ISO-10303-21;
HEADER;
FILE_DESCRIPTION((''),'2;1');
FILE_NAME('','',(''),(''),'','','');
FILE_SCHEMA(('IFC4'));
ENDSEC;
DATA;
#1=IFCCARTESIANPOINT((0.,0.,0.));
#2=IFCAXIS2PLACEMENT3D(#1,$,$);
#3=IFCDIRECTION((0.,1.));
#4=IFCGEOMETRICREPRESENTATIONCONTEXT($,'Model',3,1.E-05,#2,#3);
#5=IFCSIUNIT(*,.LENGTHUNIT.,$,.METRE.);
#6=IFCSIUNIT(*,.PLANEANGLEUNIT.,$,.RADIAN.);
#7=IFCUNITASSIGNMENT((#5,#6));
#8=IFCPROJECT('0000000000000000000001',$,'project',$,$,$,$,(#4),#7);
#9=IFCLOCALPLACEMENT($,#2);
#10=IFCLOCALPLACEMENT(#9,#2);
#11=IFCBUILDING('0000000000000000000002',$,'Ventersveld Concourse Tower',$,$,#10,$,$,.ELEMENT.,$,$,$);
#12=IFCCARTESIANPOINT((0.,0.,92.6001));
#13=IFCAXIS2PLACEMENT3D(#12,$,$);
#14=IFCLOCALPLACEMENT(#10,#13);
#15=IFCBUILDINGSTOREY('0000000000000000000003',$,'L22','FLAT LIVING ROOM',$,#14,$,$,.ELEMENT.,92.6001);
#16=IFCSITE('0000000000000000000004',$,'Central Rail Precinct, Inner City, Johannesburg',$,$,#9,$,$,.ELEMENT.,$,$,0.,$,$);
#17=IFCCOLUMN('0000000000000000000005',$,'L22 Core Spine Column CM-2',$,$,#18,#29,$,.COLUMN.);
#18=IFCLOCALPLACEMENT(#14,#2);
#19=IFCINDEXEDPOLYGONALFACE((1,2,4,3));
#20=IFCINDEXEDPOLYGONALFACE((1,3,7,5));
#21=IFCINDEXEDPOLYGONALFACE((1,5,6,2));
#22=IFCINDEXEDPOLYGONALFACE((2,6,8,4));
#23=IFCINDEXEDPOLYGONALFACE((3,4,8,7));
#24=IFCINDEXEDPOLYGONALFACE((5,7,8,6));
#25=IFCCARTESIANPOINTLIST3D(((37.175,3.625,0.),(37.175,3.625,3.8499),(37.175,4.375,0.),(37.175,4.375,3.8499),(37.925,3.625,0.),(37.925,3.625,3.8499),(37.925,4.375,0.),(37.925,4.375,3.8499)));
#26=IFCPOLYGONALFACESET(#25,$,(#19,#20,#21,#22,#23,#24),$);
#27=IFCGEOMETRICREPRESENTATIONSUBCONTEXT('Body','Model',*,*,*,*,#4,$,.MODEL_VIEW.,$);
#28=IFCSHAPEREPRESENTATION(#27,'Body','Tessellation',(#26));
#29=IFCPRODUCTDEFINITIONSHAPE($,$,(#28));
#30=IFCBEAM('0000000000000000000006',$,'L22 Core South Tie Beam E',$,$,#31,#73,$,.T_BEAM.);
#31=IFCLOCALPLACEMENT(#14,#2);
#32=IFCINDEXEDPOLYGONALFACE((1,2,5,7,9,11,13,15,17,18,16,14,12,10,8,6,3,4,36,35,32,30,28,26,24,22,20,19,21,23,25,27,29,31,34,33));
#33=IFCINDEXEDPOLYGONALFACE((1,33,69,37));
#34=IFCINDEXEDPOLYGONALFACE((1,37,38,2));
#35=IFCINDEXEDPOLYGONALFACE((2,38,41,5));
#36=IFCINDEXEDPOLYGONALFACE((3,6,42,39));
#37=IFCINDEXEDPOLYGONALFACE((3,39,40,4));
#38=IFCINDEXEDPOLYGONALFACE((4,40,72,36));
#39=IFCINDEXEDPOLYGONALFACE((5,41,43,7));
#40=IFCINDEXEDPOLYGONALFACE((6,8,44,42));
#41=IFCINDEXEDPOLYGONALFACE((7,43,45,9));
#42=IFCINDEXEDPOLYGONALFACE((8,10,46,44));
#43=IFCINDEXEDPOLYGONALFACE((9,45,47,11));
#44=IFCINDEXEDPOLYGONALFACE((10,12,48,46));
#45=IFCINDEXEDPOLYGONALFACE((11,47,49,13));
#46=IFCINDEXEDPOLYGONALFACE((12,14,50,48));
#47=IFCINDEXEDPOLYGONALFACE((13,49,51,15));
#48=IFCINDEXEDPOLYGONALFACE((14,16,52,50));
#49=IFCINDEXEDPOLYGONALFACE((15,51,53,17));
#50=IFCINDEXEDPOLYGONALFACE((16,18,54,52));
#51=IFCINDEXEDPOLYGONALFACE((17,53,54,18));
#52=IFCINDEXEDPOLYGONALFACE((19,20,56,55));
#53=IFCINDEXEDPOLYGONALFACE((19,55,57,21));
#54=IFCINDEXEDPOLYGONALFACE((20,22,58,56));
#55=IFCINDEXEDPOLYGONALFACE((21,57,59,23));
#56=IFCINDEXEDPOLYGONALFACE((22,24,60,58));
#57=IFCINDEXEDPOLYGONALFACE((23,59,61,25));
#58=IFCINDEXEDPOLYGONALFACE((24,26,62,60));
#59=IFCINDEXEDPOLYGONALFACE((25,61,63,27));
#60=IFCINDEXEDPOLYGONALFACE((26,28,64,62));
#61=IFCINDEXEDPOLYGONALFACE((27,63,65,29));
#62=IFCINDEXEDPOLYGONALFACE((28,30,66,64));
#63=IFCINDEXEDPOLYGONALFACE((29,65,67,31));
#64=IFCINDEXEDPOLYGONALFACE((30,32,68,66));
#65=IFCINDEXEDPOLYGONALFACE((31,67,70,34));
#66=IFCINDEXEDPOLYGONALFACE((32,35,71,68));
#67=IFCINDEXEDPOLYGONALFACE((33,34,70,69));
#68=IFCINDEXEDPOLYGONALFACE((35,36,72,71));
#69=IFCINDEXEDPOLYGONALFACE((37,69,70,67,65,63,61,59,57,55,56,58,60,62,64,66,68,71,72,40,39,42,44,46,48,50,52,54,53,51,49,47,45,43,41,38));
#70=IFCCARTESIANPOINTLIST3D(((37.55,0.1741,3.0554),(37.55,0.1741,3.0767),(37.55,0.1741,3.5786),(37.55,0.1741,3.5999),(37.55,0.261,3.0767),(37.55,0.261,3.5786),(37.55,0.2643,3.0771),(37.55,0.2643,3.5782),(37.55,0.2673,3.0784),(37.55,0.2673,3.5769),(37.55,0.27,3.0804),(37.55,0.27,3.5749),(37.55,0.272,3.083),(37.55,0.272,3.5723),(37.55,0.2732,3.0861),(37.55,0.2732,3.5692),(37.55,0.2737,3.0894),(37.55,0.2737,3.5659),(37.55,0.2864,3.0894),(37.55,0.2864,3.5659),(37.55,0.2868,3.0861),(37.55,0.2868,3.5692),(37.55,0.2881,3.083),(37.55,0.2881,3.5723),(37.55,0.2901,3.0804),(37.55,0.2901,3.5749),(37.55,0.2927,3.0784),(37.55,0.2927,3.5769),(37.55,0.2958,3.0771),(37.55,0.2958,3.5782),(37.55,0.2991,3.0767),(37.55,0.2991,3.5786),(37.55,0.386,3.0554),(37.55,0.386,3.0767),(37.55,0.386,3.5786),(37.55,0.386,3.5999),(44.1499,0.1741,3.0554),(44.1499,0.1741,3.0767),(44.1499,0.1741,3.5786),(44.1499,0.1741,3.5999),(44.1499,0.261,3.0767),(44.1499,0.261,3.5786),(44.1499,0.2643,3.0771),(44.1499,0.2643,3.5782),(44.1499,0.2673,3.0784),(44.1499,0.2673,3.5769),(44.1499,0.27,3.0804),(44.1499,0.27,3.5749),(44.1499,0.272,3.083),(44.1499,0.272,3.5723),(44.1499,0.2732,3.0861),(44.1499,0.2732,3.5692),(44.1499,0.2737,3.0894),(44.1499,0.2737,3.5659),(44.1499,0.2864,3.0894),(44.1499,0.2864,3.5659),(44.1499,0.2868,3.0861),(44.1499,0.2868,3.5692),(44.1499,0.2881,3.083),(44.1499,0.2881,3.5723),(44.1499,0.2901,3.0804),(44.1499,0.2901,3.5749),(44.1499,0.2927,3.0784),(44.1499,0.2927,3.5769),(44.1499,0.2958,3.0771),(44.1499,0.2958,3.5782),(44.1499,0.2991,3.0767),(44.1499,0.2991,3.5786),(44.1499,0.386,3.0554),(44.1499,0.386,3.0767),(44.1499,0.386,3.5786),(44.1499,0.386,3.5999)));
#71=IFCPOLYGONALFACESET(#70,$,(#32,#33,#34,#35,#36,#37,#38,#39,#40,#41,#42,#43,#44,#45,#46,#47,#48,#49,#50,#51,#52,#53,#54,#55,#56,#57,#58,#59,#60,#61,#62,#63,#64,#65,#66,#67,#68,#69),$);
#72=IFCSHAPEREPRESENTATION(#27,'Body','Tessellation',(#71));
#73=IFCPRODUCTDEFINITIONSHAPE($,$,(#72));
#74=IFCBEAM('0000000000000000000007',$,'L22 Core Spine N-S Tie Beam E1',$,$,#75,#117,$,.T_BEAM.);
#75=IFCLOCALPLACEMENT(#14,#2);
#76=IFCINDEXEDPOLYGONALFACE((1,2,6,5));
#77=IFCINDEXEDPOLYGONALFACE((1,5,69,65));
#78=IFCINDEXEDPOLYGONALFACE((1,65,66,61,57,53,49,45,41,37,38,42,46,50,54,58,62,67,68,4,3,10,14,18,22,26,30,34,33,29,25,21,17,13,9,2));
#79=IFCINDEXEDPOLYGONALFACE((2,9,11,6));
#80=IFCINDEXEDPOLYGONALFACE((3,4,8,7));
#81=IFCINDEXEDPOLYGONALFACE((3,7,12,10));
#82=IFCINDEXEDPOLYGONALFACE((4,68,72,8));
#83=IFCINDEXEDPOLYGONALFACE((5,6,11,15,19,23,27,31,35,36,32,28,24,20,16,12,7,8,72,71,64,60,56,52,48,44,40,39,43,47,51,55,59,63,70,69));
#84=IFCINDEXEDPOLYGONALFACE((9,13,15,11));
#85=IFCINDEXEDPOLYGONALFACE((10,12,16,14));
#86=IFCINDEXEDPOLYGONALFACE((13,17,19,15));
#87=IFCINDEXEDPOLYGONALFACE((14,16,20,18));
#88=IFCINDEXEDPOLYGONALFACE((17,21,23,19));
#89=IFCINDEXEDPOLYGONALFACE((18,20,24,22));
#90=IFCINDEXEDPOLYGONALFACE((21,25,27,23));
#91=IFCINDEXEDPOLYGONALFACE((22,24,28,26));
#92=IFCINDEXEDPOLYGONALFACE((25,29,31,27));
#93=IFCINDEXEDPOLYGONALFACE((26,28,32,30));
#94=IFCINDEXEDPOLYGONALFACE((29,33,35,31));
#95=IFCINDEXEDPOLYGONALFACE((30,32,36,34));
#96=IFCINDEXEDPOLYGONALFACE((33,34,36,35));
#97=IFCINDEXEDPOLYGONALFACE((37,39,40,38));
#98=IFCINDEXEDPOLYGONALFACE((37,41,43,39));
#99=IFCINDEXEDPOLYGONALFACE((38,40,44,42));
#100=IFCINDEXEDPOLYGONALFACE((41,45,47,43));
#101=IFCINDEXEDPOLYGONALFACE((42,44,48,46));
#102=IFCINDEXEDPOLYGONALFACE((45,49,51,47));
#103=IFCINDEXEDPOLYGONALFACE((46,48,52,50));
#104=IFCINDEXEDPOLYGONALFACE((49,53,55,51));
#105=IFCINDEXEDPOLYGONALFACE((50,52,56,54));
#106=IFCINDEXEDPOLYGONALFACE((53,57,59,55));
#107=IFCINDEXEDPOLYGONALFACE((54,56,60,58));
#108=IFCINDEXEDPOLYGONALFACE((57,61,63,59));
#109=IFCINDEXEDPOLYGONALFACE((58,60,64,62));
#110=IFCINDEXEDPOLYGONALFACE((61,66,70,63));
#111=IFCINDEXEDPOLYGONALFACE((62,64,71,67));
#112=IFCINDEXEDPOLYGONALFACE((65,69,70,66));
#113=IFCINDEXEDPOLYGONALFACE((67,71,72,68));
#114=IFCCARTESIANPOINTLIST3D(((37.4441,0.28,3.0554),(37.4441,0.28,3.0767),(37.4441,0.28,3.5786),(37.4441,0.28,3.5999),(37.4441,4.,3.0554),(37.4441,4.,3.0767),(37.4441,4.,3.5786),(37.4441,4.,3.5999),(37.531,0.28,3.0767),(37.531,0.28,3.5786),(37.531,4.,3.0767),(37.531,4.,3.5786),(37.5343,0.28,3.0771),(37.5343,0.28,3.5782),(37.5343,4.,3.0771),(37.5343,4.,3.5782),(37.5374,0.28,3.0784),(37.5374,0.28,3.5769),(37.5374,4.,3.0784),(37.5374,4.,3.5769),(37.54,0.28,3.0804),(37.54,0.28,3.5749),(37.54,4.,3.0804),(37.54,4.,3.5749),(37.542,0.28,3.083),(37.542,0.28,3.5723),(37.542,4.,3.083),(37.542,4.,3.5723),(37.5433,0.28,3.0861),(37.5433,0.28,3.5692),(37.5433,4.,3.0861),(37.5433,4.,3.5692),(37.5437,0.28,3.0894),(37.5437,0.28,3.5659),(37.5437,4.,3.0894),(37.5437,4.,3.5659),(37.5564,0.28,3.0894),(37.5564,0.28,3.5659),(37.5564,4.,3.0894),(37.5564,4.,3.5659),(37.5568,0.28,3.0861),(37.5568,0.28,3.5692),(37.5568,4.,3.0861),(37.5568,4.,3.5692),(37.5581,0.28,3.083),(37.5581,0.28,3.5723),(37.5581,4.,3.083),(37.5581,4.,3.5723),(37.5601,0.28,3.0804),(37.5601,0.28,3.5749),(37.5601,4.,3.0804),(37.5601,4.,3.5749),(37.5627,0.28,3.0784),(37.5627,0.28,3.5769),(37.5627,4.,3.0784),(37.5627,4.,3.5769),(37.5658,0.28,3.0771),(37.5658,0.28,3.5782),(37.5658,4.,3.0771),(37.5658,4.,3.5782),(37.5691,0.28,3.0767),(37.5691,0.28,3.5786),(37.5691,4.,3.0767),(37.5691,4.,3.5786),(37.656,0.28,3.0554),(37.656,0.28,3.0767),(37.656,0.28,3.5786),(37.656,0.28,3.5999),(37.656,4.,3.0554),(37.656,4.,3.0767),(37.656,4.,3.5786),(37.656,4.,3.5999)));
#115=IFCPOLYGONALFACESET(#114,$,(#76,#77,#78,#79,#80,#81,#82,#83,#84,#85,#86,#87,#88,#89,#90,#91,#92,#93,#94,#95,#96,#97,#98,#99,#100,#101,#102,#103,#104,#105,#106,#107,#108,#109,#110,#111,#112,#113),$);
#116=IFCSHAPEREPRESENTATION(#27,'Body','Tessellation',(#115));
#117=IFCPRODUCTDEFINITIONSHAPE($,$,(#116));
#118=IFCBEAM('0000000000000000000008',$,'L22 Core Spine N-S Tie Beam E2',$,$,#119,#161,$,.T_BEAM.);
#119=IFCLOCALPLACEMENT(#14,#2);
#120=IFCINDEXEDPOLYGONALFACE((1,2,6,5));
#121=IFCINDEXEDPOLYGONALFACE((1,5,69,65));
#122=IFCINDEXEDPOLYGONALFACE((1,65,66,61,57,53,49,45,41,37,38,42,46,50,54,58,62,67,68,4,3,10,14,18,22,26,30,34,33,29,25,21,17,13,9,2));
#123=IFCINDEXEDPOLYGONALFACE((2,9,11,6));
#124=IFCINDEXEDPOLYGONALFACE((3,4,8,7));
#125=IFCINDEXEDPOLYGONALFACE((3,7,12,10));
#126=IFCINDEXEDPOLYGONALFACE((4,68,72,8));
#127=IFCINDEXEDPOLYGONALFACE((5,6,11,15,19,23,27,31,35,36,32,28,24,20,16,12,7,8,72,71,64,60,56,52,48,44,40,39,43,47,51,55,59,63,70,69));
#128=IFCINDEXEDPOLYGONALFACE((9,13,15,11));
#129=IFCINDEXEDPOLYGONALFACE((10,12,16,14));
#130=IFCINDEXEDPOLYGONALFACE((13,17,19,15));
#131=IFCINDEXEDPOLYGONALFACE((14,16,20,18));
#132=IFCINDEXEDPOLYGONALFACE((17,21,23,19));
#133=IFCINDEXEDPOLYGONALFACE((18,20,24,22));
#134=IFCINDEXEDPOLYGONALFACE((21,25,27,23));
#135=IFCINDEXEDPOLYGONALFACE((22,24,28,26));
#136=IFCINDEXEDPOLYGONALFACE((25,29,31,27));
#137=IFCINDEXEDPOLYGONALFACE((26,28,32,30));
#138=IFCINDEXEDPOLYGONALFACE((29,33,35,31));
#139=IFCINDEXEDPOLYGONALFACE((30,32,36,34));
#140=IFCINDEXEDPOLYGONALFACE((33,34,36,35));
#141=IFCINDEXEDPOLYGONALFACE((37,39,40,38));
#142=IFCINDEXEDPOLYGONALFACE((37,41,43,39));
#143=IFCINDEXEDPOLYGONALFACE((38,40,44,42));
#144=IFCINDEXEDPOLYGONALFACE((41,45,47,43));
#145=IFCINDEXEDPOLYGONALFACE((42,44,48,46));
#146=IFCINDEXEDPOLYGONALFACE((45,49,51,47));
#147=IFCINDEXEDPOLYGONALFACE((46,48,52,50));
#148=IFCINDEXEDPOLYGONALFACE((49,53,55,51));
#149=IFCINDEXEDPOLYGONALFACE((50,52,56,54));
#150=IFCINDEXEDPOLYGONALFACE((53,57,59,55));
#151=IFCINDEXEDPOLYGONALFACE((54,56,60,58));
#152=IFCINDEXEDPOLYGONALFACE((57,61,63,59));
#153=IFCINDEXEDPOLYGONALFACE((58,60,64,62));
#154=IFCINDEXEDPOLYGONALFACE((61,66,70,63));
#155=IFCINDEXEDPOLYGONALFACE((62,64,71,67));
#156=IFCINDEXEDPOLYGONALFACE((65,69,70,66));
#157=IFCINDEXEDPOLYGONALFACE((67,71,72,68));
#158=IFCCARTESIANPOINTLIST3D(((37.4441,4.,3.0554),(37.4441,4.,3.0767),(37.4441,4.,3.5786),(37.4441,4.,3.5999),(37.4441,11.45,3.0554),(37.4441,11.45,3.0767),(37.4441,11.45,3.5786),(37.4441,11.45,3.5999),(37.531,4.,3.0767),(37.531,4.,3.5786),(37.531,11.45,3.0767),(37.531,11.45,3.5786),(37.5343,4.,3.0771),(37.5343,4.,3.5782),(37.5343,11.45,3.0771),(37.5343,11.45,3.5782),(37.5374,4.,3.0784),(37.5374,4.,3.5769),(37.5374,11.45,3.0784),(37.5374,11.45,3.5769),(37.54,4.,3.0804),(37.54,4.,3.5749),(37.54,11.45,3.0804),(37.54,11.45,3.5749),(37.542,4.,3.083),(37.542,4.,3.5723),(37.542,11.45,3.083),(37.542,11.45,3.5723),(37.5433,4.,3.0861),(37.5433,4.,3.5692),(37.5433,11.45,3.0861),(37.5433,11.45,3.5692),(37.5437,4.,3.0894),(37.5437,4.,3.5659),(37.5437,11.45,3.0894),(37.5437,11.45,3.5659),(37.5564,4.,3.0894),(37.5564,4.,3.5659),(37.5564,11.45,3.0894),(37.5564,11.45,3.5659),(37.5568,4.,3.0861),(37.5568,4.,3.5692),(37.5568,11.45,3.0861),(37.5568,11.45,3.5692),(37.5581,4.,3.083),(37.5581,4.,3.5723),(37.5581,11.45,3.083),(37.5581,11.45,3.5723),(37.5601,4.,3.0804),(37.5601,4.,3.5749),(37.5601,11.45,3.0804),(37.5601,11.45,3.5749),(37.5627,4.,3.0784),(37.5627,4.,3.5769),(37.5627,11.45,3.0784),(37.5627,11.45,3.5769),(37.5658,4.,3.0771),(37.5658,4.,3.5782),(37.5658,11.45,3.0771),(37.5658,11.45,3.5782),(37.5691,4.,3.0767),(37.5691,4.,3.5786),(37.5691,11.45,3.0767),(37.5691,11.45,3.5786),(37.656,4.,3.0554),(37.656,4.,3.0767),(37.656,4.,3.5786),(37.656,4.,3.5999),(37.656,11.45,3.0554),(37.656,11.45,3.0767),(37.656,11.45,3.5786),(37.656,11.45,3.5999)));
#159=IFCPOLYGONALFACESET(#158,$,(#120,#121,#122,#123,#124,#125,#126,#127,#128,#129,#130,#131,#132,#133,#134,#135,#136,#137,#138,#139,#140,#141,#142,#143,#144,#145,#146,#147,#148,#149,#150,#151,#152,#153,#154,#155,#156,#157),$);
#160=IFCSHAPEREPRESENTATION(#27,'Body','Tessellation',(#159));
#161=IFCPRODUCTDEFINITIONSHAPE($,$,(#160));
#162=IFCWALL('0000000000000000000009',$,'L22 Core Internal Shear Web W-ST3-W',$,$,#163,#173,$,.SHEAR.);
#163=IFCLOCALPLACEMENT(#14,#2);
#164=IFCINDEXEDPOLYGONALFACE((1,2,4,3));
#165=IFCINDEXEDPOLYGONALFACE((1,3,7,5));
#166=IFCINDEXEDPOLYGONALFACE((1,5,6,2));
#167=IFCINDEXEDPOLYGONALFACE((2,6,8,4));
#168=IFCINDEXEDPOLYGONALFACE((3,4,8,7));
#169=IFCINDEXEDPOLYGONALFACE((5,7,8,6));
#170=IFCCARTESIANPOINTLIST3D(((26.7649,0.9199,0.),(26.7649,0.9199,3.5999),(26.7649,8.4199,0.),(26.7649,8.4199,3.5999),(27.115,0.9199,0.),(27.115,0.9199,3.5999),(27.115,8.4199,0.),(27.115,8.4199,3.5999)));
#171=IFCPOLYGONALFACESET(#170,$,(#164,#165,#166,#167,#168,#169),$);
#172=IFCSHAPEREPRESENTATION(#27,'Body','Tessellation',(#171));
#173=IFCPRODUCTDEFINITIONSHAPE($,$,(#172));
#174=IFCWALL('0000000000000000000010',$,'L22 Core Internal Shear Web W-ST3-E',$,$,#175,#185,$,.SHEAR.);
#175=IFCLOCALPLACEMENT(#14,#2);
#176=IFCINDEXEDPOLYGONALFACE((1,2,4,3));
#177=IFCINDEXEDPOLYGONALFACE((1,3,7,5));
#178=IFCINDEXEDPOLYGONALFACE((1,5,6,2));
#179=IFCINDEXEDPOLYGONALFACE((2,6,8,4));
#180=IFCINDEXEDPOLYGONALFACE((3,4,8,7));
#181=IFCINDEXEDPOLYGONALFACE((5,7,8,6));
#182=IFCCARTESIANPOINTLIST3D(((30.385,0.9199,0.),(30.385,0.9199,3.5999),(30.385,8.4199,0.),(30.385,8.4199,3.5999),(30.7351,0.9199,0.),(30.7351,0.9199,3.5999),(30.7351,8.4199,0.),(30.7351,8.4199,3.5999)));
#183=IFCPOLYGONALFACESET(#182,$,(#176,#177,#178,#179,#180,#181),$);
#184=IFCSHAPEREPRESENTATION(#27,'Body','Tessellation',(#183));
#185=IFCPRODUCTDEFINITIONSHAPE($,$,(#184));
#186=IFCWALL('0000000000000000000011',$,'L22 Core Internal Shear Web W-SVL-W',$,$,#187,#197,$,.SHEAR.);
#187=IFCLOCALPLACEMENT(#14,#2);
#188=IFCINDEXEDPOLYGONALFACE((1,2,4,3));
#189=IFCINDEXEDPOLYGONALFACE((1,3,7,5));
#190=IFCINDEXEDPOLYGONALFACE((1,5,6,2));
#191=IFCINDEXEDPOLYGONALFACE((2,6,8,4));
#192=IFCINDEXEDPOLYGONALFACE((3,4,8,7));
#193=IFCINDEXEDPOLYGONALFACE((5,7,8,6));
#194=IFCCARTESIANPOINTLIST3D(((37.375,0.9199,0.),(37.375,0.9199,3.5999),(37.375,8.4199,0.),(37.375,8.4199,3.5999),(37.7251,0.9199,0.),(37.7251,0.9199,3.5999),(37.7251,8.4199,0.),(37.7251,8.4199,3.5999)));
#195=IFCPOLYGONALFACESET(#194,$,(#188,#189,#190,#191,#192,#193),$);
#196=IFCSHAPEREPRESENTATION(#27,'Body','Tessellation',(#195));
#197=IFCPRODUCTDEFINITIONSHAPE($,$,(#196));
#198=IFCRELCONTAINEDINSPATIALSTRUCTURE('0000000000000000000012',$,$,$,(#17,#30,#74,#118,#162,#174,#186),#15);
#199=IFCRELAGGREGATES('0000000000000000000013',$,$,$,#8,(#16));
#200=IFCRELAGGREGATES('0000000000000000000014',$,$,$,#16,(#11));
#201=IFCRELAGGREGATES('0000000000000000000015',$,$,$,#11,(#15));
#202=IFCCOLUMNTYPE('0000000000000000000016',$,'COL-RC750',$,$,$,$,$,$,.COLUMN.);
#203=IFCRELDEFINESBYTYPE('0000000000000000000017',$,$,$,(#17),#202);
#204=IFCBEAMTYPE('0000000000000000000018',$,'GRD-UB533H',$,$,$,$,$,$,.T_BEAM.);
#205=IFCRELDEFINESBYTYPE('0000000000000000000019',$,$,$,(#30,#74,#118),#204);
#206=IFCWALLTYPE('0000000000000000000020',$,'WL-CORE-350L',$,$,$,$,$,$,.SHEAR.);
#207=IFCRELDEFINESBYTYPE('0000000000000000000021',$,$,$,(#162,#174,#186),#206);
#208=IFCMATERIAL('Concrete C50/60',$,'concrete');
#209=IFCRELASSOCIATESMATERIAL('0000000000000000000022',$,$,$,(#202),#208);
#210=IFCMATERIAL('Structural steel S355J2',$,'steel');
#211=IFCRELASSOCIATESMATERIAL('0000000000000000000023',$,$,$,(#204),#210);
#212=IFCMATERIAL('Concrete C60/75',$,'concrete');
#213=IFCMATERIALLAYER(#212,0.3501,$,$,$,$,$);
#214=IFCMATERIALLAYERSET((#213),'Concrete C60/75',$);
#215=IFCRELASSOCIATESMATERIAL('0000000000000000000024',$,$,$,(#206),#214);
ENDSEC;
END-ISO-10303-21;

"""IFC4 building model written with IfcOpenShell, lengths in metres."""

from ifc_helpers import new_model, si_unit, direction, frame, frame_2d, origin, origin_2d, place, context, subcontext, project, spatial, rectangle, i_section, extrude, material, layer, layer_set, material_profile, profile_set, type_object, element, save


model = new_model("IFC4")

# Units and contexts
model_context = context("Model", 3, precision=1e-05, world=origin(), true_north=direction((0.0, 1.0)))
body_context = subcontext(model_context, "Body", "Model", "MODEL_VIEW")
ifc_project = project(units=[si_unit("LENGTHUNIT", "METRE"), si_unit("PLANEANGLEUNIT", "RADIAN")], contexts=[model_context])

# Site, building, storey
site_placement = place(None, origin())
site = spatial("IfcSite", under=ifc_project, at=site_placement, Name="Central Rail Precinct, Inner City, Johannesburg", CompositionType="ELEMENT", RefElevation=0.0)
building_placement = place(site_placement, origin())
building = spatial("IfcBuilding", under=site, at=building_placement, Name="Ventersveld Concourse Tower", CompositionType="ELEMENT")
storey_placement = place(building_placement, frame((0.0, 0.0, 92.6001)))
storey = spatial("IfcBuildingStorey", under=building, at=storey_placement, Name="L22", Description="FLAT LIVING ROOM", CompositionType="ELEMENT", Elevation=92.6001)

# Column
ifc_material_1 = material(Name="Concrete C50/60", Category="concrete")
ifc_material_profile_1 = material_profile(ifc_material_1, rectangle(XDim=0.75, YDim=0.75, at=origin_2d()), Name="RC 750x750")
ifc_profile_set_1 = profile_set([ifc_material_profile_1], Name="Concrete C50/60")
column_type = type_object("IfcColumnType", Name="COL-RC750", PredefinedType="COLUMN", material=ifc_profile_set_1)
column_placement = place(storey_placement, frame((37.55, 4.0, 0.0), z_axis=(0.0, 0.0, 1.0), x_axis=(1.0, 0.0, 0.0)))
element("IfcColumn", 1, at=column_placement, inside=storey, type_object=column_type, Name="L22 Core Spine Column CM-2", PredefinedType="COLUMN", context=body_context, shape_type="SweptSolid", body=[
    extrude(rectangle(XDim=0.75, YDim=0.75, at=origin_2d()), origin(), (0.0, 0.0, 1.0), 3.8499),
])

# Beams
ifc_material_2 = material(Name="Structural steel S355J2", Category="steel")
ifc_material_profile_2 = material_profile(ifc_material_2, i_section(OverallWidth=0.2119, OverallDepth=0.5444, WebThickness=0.0127, FlangeThickness=0.0212, FilletRadius=0.0127, at=origin_2d()), Name="UB 533x210x122")
ifc_profile_set_2 = profile_set([ifc_material_profile_2], Name="Structural steel S355J2")
beam_type = type_object("IfcBeamType", Name="GRD-UB533H", PredefinedType="T_BEAM", material=ifc_profile_set_2)
beam_1_placement = place(storey_placement, frame((37.55, 0.28, 3.3276), z_axis=(1.0, 0.0, 0.0), x_axis=(0.0, 1.0, 0.0)))
element("IfcBeam", 2, at=beam_1_placement, inside=storey, type_object=beam_type, Name="L22 Core South Tie Beam E", PredefinedType="T_BEAM", context=body_context, shape_type="SweptSolid", body=[
    extrude(i_section(OverallWidth=0.2119, OverallDepth=0.5444, WebThickness=0.0127, FlangeThickness=0.0212, FilletRadius=0.0127, at=origin_2d()), origin(), (0.0, 0.0, 1.0), 6.5999),
])
beam_2_placement = place(storey_placement, frame((37.55, 0.28, 3.3276), z_axis=(0.0, 1.0, 0.0), x_axis=(-1.0, 0.0, 0.0)))
element("IfcBeam", 3, at=beam_2_placement, inside=storey, type_object=beam_type, Name="L22 Core Spine N-S Tie Beam E1", PredefinedType="T_BEAM", context=body_context, shape_type="SweptSolid", body=[
    extrude(i_section(OverallWidth=0.2119, OverallDepth=0.5444, WebThickness=0.0127, FlangeThickness=0.0212, FilletRadius=0.0127, at=origin_2d()), origin(), (0.0, 0.0, 1.0), 3.72),
])
beam_3_placement = place(storey_placement, frame((37.55, 4.0, 3.3276), z_axis=(0.0, 1.0, 0.0), x_axis=(-1.0, 0.0, 0.0)))
element("IfcBeam", 4, at=beam_3_placement, inside=storey, type_object=beam_type, Name="L22 Core Spine N-S Tie Beam E2", PredefinedType="T_BEAM", context=body_context, shape_type="SweptSolid", body=[
    extrude(i_section(OverallWidth=0.2119, OverallDepth=0.5444, WebThickness=0.0127, FlangeThickness=0.0212, FilletRadius=0.0127, at=origin_2d()), origin(), (0.0, 0.0, 1.0), 7.45),
])

# Walls
ifc_material_3 = material(Name="Concrete C60/75", Category="concrete")
ifc_layer_1 = layer(ifc_material_3, 0.3501)
ifc_layer_set_1 = layer_set([ifc_layer_1], Name="Concrete C60/75")
wall_type_1 = type_object("IfcWallType", Name="WL-CORE-350L", PredefinedType="SHEAR", material=ifc_layer_set_1)
for number, where, z_axis, x_axis, name in (
    (5, (26.9399, 0.9199, 0.0), (0.0, 0.0, 1.0), (0.0, 1.0, 0.0), "L22 Core Internal Shear Web W-ST3-W"),
    (6, (30.5601, 0.9199, 0.0), (0.0, 0.0, 1.0), (0.0, 1.0, 0.0), "L22 Core Internal Shear Web W-ST3-E"),
    (7, (37.55, 0.9199, 0.0), (0.0, 0.0, 1.0), (0.0, 1.0, 0.0), "L22 Core Internal Shear Web W-SVL-W"),
):
    element("IfcWall", number, at=place(storey_placement, frame(where, z_axis=z_axis, x_axis=x_axis)), inside=storey, type_object=wall_type_1, Name=name, PredefinedType="SHEAR", context=body_context, shape_type="SweptSolid", body=[
        extrude(rectangle(XDim=7.5, YDim=0.3501, at=frame_2d((3.75, 0.0))), origin(), (0.0, 0.0, 1.0), 3.5999),
    ])

save(model, "model.ifc")
